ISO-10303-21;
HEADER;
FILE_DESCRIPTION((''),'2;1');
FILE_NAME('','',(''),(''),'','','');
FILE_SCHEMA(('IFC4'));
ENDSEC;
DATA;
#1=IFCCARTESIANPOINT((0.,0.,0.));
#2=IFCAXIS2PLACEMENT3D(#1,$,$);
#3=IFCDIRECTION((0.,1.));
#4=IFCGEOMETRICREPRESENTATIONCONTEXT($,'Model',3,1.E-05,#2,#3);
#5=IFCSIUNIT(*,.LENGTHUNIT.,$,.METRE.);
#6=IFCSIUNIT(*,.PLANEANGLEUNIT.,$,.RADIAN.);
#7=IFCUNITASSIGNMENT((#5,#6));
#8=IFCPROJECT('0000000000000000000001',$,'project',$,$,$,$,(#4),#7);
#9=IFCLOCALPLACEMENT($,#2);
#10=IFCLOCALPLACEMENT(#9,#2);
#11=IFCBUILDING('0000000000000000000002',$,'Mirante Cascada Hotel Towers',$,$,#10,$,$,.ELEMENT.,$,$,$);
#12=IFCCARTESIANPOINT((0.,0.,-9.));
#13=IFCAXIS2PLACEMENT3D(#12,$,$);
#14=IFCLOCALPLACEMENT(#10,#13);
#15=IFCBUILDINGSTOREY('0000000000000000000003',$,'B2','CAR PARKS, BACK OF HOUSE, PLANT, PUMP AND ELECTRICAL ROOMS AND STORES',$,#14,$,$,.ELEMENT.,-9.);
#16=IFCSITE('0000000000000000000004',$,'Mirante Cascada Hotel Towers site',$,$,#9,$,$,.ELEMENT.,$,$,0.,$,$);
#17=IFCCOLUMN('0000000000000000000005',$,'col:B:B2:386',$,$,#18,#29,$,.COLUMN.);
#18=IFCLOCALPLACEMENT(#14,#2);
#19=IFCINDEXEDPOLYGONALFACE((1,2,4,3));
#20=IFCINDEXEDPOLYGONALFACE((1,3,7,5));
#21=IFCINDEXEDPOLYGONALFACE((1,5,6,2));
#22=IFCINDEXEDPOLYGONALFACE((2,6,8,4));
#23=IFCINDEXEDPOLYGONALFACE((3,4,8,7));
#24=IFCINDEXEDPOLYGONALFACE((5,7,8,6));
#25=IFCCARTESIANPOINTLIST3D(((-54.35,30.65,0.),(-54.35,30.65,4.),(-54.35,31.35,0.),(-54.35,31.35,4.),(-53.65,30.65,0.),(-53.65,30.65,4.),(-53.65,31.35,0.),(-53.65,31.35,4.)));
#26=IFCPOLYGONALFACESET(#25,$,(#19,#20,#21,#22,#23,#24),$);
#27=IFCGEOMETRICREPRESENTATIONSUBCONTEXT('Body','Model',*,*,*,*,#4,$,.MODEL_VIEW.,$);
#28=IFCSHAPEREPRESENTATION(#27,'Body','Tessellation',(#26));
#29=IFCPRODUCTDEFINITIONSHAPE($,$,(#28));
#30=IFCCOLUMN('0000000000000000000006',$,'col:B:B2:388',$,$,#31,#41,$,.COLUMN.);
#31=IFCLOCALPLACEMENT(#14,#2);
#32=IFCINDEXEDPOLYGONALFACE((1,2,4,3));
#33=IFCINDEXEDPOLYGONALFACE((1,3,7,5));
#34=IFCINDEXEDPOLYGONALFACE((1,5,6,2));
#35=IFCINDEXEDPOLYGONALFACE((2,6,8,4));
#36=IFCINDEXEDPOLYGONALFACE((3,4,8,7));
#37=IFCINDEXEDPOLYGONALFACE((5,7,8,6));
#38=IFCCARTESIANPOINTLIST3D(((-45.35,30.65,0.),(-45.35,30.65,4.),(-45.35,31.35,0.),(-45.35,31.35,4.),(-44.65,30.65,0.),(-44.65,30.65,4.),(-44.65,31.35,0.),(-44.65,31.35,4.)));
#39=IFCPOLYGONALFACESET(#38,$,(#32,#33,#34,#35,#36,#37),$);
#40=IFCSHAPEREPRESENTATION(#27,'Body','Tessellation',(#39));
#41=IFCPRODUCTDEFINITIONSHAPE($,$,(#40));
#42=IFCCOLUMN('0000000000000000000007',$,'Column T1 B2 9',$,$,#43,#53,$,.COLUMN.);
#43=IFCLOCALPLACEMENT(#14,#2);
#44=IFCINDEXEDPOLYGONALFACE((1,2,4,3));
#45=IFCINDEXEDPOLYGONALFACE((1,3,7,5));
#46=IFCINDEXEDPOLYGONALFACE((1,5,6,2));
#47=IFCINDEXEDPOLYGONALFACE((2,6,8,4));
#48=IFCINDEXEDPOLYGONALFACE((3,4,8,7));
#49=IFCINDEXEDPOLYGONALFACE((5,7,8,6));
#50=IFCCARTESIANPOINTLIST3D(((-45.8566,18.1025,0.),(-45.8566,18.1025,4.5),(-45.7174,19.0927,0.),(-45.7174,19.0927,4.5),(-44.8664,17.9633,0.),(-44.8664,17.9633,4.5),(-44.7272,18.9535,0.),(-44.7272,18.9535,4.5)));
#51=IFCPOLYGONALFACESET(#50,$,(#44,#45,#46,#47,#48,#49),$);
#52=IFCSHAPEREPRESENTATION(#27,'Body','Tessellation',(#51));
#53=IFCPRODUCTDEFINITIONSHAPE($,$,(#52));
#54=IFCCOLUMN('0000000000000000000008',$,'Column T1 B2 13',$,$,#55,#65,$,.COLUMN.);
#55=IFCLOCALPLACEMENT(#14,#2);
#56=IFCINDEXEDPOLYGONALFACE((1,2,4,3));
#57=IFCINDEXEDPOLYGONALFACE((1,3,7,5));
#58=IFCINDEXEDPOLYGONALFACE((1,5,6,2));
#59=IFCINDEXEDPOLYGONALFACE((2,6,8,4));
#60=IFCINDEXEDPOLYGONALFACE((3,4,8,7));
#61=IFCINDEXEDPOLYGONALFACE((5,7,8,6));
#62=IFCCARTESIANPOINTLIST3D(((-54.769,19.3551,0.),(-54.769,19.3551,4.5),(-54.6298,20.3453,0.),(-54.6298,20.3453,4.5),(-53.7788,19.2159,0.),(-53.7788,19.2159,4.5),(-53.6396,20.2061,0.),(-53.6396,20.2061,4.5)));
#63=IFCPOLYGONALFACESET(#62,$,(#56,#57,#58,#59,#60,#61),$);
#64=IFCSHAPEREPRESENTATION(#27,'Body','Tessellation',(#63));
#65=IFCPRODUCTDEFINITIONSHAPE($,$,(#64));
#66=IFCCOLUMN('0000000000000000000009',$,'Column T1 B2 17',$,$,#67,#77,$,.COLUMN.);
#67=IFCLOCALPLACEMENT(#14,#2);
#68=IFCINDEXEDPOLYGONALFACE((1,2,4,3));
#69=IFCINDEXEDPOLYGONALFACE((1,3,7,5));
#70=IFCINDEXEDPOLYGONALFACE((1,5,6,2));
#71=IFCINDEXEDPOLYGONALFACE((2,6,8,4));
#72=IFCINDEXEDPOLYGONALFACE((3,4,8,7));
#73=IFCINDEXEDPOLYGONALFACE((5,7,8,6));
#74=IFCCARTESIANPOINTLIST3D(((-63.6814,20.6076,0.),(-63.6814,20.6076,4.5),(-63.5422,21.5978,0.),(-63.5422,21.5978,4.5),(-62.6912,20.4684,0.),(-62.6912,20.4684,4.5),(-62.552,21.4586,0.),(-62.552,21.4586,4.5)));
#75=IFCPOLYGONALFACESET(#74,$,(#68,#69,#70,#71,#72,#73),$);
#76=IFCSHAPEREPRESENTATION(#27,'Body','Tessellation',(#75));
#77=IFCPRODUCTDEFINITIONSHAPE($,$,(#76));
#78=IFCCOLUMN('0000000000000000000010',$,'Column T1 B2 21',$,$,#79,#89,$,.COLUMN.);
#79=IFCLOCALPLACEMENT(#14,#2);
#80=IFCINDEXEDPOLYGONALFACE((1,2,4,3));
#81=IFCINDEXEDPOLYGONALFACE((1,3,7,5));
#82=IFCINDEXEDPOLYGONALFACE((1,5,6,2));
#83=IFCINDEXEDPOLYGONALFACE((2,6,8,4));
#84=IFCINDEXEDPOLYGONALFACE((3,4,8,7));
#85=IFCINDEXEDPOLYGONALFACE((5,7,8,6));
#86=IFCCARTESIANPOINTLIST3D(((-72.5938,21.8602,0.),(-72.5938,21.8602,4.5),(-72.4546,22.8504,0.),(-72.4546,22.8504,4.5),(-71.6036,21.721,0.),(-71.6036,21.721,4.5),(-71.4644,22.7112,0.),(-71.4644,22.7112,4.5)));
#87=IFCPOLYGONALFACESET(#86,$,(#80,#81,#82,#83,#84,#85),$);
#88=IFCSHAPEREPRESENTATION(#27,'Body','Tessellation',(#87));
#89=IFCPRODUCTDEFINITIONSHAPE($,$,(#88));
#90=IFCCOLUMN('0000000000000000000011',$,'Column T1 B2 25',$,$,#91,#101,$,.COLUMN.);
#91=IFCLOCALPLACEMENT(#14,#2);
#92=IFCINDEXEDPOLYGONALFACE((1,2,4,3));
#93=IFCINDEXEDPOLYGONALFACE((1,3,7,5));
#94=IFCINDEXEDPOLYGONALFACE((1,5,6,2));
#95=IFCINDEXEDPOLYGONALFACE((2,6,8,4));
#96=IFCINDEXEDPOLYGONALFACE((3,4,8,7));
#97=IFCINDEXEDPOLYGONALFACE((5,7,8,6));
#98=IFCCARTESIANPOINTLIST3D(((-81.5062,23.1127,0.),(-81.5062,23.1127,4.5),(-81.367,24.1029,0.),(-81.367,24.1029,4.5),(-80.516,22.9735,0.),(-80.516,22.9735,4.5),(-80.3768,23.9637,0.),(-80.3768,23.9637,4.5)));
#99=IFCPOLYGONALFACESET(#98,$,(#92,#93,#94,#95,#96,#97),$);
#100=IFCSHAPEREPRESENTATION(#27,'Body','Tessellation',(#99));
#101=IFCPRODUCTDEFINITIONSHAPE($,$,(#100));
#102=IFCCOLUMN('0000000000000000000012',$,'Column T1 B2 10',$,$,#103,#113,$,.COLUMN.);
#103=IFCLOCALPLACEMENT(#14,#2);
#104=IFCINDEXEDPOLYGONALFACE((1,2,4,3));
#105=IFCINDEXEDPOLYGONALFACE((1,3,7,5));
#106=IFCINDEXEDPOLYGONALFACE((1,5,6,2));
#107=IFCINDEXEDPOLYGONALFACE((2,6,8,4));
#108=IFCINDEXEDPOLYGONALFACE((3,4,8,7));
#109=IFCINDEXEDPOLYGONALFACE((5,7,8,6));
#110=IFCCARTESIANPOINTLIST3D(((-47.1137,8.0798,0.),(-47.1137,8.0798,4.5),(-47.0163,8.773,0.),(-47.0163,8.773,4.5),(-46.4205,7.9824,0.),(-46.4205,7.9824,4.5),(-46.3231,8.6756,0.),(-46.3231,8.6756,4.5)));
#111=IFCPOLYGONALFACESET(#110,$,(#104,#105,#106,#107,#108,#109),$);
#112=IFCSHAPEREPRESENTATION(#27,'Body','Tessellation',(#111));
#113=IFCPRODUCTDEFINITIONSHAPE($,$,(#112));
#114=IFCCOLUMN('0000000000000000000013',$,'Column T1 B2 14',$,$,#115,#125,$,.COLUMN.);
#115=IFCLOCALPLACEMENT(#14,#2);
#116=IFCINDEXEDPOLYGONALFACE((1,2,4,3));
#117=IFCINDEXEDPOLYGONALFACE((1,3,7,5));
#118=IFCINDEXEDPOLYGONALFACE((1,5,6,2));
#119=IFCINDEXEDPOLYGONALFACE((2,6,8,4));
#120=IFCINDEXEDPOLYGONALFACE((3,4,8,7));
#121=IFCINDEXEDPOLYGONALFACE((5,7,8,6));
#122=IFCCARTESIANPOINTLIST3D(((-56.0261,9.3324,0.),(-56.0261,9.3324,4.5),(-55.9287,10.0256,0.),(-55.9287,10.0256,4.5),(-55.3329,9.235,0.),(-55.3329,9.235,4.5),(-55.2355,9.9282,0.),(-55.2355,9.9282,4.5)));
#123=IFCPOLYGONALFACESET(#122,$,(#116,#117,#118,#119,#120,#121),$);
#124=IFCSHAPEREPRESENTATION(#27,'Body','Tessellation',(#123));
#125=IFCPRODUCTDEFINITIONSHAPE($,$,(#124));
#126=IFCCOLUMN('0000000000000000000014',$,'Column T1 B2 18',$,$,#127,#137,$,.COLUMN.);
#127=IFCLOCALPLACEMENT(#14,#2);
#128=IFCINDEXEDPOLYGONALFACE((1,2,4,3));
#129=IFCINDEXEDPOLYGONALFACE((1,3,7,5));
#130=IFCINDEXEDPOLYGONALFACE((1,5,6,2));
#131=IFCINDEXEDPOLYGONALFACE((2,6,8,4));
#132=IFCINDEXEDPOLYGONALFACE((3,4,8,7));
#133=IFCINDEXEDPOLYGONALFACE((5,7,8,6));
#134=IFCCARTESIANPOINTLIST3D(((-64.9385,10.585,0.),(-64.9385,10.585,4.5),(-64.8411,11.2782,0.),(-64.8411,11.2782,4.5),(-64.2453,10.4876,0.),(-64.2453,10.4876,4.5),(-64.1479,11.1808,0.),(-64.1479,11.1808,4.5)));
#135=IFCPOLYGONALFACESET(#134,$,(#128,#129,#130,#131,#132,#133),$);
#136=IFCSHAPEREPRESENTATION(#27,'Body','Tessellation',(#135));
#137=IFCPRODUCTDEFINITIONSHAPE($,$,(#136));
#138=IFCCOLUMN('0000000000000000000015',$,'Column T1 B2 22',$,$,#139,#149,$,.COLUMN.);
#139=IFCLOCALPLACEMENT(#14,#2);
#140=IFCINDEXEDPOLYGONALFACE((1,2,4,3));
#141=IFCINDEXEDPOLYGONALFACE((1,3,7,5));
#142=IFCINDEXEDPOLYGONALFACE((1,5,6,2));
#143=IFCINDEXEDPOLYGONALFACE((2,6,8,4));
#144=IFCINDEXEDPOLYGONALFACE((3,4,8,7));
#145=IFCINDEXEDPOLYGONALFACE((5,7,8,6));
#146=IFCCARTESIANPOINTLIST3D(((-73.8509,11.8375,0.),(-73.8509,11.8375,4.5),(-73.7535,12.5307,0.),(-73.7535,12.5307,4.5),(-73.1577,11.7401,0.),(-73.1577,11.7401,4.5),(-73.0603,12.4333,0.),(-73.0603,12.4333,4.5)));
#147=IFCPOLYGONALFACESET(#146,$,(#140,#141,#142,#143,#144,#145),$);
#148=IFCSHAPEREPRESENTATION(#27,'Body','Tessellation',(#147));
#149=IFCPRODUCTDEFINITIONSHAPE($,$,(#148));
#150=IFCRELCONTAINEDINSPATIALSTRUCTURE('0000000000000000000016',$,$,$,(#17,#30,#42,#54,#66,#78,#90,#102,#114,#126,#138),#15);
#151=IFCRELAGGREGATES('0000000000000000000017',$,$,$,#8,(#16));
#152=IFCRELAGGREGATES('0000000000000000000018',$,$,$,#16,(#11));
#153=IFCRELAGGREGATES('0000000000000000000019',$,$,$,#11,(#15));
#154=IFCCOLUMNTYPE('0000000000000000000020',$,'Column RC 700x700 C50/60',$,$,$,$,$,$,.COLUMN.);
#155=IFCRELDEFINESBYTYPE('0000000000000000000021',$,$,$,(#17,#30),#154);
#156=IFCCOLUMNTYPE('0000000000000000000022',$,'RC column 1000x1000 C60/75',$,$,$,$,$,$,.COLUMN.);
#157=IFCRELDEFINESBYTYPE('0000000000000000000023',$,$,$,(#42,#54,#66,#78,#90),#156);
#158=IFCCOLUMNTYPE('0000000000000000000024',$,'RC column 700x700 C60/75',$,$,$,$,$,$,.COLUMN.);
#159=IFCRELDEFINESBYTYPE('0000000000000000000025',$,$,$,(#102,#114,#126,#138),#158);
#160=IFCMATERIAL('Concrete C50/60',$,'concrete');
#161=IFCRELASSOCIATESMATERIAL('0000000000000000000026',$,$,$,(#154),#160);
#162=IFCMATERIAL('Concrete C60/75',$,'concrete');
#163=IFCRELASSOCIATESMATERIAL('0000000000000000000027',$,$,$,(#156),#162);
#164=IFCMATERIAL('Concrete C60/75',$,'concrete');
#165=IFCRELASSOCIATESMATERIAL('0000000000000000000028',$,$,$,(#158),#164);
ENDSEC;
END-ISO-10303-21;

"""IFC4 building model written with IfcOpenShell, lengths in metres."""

from ifc_helpers import new_model, si_unit, direction, frame, origin, origin_2d, place, context, subcontext, project, spatial, rectangle, extrude, material, material_profile, profile_set, type_object, element, save


model = new_model("IFC4")

# Units and contexts
model_context = context("Model", 3, precision=1e-05, world=origin(), true_north=direction((0.0, 1.0)))
body_context = subcontext(model_context, "Body", "Model", "MODEL_VIEW")
ifc_project = project(units=[si_unit("LENGTHUNIT", "METRE"), si_unit("PLANEANGLEUNIT", "RADIAN")], contexts=[model_context])

# Site, building, storey
site_placement = place(None, origin())
site = spatial("IfcSite", under=ifc_project, at=site_placement, Name="Mirante Cascada Hotel Towers site", CompositionType="ELEMENT", RefElevation=0.0)
building_placement = place(site_placement, origin())
building = spatial("IfcBuilding", under=site, at=building_placement, Name="Mirante Cascada Hotel Towers", CompositionType="ELEMENT")
storey_placement = place(building_placement, frame((0.0, 0.0, -9.0)))
storey = spatial("IfcBuildingStorey", under=building, at=storey_placement, Name="B2", Description="CAR PARKS, BACK OF HOUSE, PLANT, PUMP AND ELECTRICAL ROOMS AND STORES", CompositionType="ELEMENT", Elevation=-9.0)

# Columns
ifc_material_1 = material(Name="Concrete C50/60", Category="concrete")
ifc_material_profile_1 = material_profile(ifc_material_1, rectangle(XDim=0.7, YDim=0.7, at=origin_2d()), Name="RC 700x700")
ifc_profile_set_1 = profile_set([ifc_material_profile_1], Name="Concrete C50/60")
column_type_1 = type_object("IfcColumnType", Name="Column RC 700x700 C50/60", PredefinedType="COLUMN", material=ifc_profile_set_1)
for number, where, z_axis, x_axis, name in (
    (1, (-54.0, 31.0, 0.0), (0.0, 0.0, 1.0), (1.0, 0.0, 0.0), "col:B:B2:386"),
    (2, (-45.0, 31.0, 0.0), (0.0, 0.0, 1.0), (1.0, 0.0, 0.0), "col:B:B2:388"),
):
    element("IfcColumn", number, at=place(storey_placement, frame(where, z_axis=z_axis, x_axis=x_axis)), inside=storey, type_object=column_type_1, Name=name, PredefinedType="COLUMN", context=body_context, shape_type="SweptSolid", body=[
        extrude(rectangle(XDim=0.7, YDim=0.7, at=origin_2d()), origin(), (0.0, 0.0, 1.0), 4.0),
    ])
ifc_material_2 = material(Name="Concrete C60/75", Category="concrete")
ifc_material_profile_2 = material_profile(ifc_material_2, rectangle(XDim=1.0, YDim=1.0, at=origin_2d()), Name="RC column 1000x1000 C60/75")
ifc_profile_set_2 = profile_set([ifc_material_profile_2], Name="Concrete C60/75")
column_type_2 = type_object("IfcColumnType", Name="RC column 1000x1000 C60/75", PredefinedType="COLUMN", material=ifc_profile_set_2)
for number, where, z_axis, x_axis, name in (
    (3, (-45.2919, 18.528, 0.0), (0.0, 0.0, 1.0), (-0.990268, 0.139173, 0.0), "Column T1 B2 9"),
    (4, (-54.2043, 19.7806, 0.0), (0.0, 0.0, 1.0), (-0.990268, 0.139173, 0.0), "Column T1 B2 13"),
    (5, (-63.1167, 21.0331, 0.0), (0.0, 0.0, 1.0), (-0.990268, 0.139173, 0.0), "Column T1 B2 17"),
    (6, (-72.0291, 22.2857, 0.0), (0.0, 0.0, 1.0), (-0.990268, 0.139173, 0.0), "Column T1 B2 21"),
    (7, (-80.9415, 23.5382, 0.0), (0.0, 0.0, 1.0), (-0.990268, 0.139173, 0.0), "Column T1 B2 25"),
):
    element("IfcColumn", number, at=place(storey_placement, frame(where, z_axis=z_axis, x_axis=x_axis)), inside=storey, type_object=column_type_2, Name=name, PredefinedType="COLUMN", context=body_context, shape_type="SweptSolid", body=[
        extrude(rectangle(XDim=1.0, YDim=1.0, at=origin_2d()), origin(), (0.0, 0.0, 1.0), 4.5),
    ])
ifc_material_3 = material(Name="Concrete C60/75", Category="concrete")
ifc_material_profile_3 = material_profile(ifc_material_3, rectangle(XDim=0.7, YDim=0.7, at=origin_2d()), Name="RC column 700x700 C60/75")
ifc_profile_set_3 = profile_set([ifc_material_profile_3], Name="Concrete C60/75")
column_type_3 = type_object("IfcColumnType", Name="RC column 700x700 C60/75", PredefinedType="COLUMN", material=ifc_profile_set_3)
for number, where, z_axis, x_axis, name in (
    (8, (-46.7184, 8.3777, 0.0), (0.0, 0.0, 1.0), (-0.990268, 0.139173, 0.0), "Column T1 B2 10"),
    (9, (-55.6308, 9.6303, 0.0), (0.0, 0.0, 1.0), (-0.990268, 0.139173, 0.0), "Column T1 B2 14"),
    (10, (-64.5432, 10.8829, 0.0), (0.0, 0.0, 1.0), (-0.990268, 0.139173, 0.0), "Column T1 B2 18"),
    (11, (-73.4556, 12.1354, 0.0), (0.0, 0.0, 1.0), (-0.990268, 0.139173, 0.0), "Column T1 B2 22"),
):
    element("IfcColumn", number, at=place(storey_placement, frame(where, z_axis=z_axis, x_axis=x_axis)), inside=storey, type_object=column_type_3, Name=name, PredefinedType="COLUMN", context=body_context, shape_type="SweptSolid", body=[
        extrude(rectangle(XDim=0.7, YDim=0.7, at=origin_2d()), origin(), (0.0, 0.0, 1.0), 4.5),
    ])

save(model, "model.ifc")
